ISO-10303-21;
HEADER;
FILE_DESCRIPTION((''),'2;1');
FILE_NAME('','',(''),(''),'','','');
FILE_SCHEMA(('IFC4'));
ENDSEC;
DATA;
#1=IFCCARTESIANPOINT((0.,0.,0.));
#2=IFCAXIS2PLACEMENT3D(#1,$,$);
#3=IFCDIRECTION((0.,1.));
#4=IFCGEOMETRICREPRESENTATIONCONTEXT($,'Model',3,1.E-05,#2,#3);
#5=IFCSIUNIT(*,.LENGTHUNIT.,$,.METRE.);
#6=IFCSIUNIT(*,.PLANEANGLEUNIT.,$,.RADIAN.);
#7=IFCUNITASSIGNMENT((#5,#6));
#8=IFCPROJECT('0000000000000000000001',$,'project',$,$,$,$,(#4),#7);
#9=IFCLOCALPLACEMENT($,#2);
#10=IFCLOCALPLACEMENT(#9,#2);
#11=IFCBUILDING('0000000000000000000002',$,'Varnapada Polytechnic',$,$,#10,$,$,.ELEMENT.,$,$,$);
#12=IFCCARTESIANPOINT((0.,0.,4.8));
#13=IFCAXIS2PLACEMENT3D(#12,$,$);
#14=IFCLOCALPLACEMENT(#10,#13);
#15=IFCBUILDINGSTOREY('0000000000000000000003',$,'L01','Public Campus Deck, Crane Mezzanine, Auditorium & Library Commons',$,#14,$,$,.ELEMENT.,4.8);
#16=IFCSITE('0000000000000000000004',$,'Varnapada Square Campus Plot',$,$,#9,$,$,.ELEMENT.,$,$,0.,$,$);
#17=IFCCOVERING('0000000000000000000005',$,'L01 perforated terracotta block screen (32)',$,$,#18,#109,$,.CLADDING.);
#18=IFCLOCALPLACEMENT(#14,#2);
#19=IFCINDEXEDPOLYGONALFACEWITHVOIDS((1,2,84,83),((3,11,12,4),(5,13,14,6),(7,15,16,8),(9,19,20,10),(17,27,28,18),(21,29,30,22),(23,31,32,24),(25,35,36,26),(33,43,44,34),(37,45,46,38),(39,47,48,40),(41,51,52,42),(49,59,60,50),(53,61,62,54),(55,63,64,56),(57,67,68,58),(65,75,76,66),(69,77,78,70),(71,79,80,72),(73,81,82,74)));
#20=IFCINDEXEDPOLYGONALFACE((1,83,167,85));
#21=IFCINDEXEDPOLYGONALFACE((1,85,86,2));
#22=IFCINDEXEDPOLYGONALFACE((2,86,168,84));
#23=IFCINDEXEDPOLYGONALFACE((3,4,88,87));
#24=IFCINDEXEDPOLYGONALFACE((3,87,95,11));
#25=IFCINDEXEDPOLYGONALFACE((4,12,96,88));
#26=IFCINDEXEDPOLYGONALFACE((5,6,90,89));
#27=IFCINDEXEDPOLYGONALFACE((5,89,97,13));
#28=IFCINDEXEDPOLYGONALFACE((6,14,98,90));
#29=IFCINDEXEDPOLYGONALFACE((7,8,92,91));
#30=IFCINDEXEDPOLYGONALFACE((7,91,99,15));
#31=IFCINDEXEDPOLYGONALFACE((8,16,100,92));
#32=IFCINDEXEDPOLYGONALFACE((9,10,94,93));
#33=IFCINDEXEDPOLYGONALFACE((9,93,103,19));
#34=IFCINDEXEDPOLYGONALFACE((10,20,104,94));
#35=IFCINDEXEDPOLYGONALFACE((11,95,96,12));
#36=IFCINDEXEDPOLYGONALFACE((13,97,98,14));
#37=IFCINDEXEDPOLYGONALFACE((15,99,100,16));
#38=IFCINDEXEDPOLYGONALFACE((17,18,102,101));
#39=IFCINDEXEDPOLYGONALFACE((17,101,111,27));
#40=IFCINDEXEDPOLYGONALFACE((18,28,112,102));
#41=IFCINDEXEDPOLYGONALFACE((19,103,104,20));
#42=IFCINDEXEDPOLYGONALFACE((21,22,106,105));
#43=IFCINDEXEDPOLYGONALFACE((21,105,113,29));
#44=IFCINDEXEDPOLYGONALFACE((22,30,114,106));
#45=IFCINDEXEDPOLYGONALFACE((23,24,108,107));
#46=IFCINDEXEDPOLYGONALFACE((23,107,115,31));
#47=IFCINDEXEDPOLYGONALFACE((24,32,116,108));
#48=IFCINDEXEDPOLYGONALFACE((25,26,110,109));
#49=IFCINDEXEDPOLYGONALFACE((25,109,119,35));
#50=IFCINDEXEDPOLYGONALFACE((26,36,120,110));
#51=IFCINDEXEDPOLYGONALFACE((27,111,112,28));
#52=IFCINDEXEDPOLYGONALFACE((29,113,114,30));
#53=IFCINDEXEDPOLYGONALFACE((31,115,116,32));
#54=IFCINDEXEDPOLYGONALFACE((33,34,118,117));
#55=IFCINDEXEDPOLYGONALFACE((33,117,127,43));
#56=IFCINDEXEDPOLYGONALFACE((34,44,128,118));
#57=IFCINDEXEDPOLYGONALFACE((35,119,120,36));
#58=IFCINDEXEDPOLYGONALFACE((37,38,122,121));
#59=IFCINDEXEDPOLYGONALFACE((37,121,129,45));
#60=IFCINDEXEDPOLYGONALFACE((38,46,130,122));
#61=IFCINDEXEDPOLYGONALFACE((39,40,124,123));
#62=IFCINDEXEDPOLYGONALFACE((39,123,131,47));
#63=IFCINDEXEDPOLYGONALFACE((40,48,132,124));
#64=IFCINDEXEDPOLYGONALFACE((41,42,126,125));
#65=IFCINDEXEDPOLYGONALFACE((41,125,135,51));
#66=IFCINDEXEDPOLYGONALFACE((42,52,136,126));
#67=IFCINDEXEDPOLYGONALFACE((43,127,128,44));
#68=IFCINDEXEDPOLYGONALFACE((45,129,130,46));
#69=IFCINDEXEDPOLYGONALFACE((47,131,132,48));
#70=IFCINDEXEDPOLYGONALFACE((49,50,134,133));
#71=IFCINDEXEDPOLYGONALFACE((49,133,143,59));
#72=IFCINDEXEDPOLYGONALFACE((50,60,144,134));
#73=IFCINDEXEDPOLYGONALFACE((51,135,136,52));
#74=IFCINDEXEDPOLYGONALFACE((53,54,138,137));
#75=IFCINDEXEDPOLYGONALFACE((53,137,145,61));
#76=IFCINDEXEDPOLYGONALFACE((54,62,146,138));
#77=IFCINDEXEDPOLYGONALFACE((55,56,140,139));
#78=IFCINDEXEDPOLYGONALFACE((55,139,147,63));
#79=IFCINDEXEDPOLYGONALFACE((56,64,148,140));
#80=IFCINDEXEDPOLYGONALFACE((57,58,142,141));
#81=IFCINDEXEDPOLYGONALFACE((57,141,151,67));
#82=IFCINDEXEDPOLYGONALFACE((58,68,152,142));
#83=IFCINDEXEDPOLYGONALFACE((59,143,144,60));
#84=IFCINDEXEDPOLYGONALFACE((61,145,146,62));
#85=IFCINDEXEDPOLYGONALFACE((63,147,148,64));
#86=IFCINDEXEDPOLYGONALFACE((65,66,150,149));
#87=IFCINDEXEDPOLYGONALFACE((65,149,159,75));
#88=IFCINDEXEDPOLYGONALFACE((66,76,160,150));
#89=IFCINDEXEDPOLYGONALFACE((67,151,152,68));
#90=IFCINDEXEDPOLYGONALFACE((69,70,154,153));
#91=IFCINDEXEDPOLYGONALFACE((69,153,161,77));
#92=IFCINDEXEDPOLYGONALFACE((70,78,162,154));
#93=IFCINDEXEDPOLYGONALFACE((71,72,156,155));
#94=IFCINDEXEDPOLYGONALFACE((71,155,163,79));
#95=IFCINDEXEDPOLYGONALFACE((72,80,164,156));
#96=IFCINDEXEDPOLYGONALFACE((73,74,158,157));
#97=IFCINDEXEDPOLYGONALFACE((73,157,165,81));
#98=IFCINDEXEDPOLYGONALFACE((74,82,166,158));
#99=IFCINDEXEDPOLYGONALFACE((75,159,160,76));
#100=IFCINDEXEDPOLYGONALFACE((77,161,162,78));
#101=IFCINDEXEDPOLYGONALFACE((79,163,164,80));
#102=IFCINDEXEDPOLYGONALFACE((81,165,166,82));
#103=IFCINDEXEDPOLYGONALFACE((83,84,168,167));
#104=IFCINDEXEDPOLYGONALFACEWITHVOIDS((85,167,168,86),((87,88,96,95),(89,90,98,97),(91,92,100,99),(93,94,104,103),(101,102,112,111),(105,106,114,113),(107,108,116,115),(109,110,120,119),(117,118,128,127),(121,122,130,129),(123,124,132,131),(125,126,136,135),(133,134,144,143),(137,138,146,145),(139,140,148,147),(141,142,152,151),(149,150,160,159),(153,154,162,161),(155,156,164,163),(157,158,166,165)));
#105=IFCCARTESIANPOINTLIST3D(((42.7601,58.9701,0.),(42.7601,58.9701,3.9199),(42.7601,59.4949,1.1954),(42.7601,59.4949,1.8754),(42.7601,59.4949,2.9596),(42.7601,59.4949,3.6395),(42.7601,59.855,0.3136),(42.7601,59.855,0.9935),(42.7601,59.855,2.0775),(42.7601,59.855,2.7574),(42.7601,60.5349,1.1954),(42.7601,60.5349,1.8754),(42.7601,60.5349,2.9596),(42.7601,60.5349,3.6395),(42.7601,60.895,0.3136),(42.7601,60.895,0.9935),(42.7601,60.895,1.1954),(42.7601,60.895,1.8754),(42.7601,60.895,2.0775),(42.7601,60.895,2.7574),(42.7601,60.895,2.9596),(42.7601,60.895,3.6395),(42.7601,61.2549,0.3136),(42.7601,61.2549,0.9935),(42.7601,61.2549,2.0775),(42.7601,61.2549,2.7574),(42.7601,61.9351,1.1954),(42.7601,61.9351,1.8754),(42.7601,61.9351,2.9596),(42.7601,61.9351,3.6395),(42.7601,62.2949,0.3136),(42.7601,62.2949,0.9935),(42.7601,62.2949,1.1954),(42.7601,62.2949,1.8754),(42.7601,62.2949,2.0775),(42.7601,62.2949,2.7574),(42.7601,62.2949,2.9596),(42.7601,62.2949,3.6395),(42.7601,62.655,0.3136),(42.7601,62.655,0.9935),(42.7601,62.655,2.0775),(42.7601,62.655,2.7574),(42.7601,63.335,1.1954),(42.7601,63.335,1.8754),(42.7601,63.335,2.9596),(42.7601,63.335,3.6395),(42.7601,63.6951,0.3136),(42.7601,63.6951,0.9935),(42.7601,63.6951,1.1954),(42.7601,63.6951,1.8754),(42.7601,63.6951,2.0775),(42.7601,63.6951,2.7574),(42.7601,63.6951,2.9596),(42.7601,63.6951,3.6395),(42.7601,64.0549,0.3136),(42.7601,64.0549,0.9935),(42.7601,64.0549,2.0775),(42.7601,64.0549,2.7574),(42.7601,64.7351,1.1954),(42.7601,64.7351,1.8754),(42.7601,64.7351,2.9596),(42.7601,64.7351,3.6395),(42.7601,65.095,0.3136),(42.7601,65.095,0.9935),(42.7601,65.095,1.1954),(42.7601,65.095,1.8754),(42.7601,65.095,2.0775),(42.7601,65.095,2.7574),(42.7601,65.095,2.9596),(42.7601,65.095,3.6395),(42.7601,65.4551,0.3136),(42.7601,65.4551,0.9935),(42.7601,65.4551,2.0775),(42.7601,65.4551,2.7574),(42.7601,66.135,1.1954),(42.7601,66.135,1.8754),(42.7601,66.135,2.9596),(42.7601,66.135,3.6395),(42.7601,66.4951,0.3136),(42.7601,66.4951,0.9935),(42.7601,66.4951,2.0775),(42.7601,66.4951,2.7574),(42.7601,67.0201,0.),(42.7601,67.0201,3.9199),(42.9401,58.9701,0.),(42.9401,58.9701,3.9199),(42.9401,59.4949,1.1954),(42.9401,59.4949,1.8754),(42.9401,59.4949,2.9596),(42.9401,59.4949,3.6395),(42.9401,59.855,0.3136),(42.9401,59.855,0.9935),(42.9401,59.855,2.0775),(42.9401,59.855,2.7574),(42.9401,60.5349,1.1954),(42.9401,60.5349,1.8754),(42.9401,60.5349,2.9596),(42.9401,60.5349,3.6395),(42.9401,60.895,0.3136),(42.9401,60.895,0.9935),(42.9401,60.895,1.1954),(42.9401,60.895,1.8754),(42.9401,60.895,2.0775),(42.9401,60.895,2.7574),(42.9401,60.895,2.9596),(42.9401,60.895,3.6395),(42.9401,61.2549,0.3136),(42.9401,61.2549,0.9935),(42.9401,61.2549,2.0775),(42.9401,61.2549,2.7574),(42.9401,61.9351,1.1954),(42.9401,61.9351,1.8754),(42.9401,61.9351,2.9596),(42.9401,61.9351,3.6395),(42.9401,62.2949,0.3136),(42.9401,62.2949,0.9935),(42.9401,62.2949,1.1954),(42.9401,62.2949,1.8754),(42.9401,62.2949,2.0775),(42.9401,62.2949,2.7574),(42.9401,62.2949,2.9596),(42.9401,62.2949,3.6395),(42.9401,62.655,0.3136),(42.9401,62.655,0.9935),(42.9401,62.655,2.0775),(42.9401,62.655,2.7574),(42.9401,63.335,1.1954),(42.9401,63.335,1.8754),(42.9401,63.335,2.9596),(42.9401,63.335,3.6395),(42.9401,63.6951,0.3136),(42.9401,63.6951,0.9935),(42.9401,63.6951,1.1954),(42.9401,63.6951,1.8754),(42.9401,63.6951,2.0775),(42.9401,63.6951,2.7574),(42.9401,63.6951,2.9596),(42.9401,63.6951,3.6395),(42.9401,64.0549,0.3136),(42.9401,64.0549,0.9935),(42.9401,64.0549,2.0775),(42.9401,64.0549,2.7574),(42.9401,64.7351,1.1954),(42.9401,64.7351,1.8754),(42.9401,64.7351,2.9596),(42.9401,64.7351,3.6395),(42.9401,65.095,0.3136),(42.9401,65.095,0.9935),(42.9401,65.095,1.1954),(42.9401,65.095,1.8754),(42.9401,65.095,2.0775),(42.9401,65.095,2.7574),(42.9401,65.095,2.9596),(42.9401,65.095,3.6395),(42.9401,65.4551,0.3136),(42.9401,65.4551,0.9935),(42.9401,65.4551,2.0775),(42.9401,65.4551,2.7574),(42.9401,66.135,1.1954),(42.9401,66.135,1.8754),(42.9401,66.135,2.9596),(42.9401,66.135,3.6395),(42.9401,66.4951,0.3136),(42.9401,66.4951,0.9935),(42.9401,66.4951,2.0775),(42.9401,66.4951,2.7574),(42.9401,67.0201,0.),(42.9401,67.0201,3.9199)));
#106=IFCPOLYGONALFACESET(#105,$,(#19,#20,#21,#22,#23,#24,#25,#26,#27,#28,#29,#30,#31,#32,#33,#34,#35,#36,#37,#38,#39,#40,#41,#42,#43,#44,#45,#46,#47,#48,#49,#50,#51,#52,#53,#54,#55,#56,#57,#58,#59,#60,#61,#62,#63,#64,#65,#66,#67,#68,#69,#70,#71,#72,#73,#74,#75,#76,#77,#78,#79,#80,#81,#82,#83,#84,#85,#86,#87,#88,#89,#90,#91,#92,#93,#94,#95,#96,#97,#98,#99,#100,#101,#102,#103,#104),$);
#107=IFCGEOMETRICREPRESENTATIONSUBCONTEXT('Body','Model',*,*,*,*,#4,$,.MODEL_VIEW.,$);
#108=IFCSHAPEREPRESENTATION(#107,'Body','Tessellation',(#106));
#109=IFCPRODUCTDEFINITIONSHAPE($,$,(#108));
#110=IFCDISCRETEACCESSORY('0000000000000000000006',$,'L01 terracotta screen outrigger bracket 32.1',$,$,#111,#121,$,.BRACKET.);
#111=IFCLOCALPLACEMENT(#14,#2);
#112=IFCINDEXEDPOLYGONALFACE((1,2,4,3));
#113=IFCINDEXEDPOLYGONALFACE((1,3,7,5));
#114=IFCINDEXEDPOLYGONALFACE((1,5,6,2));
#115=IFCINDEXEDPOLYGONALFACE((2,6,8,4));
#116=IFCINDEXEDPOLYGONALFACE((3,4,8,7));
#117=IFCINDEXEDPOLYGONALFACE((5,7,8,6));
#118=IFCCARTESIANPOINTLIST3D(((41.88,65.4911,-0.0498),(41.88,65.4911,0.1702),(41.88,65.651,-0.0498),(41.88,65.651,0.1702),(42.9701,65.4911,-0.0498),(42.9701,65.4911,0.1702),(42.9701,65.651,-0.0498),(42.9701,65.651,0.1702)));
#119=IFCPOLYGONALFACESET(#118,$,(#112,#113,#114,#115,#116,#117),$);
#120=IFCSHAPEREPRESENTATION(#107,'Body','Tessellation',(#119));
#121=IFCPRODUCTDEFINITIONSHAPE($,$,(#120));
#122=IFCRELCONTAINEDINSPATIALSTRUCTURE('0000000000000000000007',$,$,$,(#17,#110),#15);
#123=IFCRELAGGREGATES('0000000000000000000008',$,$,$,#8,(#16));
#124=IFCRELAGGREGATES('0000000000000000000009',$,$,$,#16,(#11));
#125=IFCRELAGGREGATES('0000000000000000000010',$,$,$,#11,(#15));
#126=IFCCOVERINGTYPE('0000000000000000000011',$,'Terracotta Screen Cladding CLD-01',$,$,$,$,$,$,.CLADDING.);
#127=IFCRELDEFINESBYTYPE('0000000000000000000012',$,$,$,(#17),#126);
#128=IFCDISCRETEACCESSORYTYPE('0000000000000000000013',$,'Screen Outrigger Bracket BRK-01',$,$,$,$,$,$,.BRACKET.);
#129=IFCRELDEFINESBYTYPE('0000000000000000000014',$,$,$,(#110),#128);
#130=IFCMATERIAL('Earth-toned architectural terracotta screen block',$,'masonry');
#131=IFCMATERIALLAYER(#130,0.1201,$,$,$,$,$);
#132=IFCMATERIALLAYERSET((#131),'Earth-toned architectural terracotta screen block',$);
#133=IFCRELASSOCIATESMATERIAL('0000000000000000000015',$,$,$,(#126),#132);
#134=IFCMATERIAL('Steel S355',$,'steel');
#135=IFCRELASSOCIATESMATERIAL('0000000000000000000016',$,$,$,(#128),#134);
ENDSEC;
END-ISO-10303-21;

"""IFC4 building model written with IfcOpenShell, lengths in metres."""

from ifc_helpers import new_model, si_unit, direction, frame, frame_2d, origin, origin_2d, place, context, subcontext, project, spatial, rectangle, extrude, material, layer, layer_set, type_object, element, save


model = new_model("IFC4")

# Units and contexts
model_context = context("Model", 3, precision=1e-05, world=origin(), true_north=direction((0.0, 1.0)))
body_context = subcontext(model_context, "Body", "Model", "MODEL_VIEW")
ifc_project = project(units=[si_unit("LENGTHUNIT", "METRE"), si_unit("PLANEANGLEUNIT", "RADIAN")], contexts=[model_context])

# Site, building, storey
site_placement = place(None, origin())
site = spatial("IfcSite", under=ifc_project, at=site_placement, Name="Varnapada Square Campus Plot", CompositionType="ELEMENT", RefElevation=0.0)
building_placement = place(site_placement, origin())
building = spatial("IfcBuilding", under=site, at=building_placement, Name="Varnapada Polytechnic", CompositionType="ELEMENT")
storey_placement = place(building_placement, frame((0.0, 0.0, 4.8)))
storey = spatial("IfcBuildingStorey", under=building, at=storey_placement, Name="L01", Description="Public Campus Deck, Crane Mezzanine, Auditorium & Library Commons", CompositionType="ELEMENT", Elevation=4.8)

# Covering, openings
ifc_material_1 = material(Name="Earth-toned architectural terracotta screen block", Category="masonry")
ifc_layer_1 = layer(ifc_material_1, 0.1201)
ifc_layer_set_1 = layer_set([ifc_layer_1], Name="Earth-toned architectural terracotta screen block")
covering_type = type_object("IfcCoveringType", Name="Terracotta Screen Cladding CLD-01", PredefinedType="CLADDING", material=ifc_layer_set_1)
covering_placement = place(storey_placement, frame((42.8501, 67.02, 0.0), z_axis=(0.0, 0.0, 1.0), x_axis=(0.0, -1.0, 0.0)))
covering = element("IfcCovering", 1, at=covering_placement, inside=storey, type_object=covering_type, Name="L01 perforated terracotta block screen (32)", PredefinedType="CLADDING", context=body_context, shape_type="SweptSolid", body=[
    extrude(rectangle(XDim=8.05, YDim=0.1799, at=frame_2d((4.0249, 0.0))), origin(), (0.0, 0.0, 1.0), 3.9199),
])
opening_1_placement = place(covering_placement, frame((0.5249, 0.0, 0.3137)))
element("IfcOpeningElement", 2, at=opening_1_placement, cuts=covering, PredefinedType="OPENING", context=body_context, shape_type="SweptSolid", body=[
    extrude(rectangle(XDim=1.04, YDim=0.6799, at=frame_2d((0.52, 0.3398))), frame((0.0, 0.0999, 0.0), z_axis=(0.0, -1.0, 0.0), x_axis=(1.0, 0.0, 0.0)), (0.0, 0.0, 1.0), 0.2),
])
opening_2_placement = place(covering_placement, frame((1.925, 0.0, 0.3137)))
element("IfcOpeningElement", 3, at=opening_2_placement, cuts=covering, PredefinedType="OPENING", context=body_context, shape_type="SweptSolid", body=[
    extrude(rectangle(XDim=1.04, YDim=0.6799, at=frame_2d((0.52, 0.3398))), frame((0.0, 0.0999, 0.0), z_axis=(0.0, -1.0, 0.0), x_axis=(1.0, 0.0, 0.0)), (0.0, 0.0, 1.0), 0.2),
])
opening_3_placement = place(covering_placement, frame((3.325, 0.0, 0.3137)))
element("IfcOpeningElement", 4, at=opening_3_placement, cuts=covering, PredefinedType="OPENING", context=body_context, shape_type="SweptSolid", body=[
    extrude(rectangle(XDim=1.04, YDim=0.6799, at=frame_2d((0.52, 0.3398))), frame((0.0, 0.0999, 0.0), z_axis=(0.0, -1.0, 0.0), x_axis=(1.0, 0.0, 0.0)), (0.0, 0.0, 1.0), 0.2),
])
opening_4_placement = place(covering_placement, frame((4.7251, 0.0, 0.3137)))
element("IfcOpeningElement", 5, at=opening_4_placement, cuts=covering, PredefinedType="OPENING", context=body_context, shape_type="SweptSolid", body=[
    extrude(rectangle(XDim=1.04, YDim=0.6799, at=frame_2d((0.52, 0.3398))), frame((0.0, 0.0999, 0.0), z_axis=(0.0, -1.0, 0.0), x_axis=(1.0, 0.0, 0.0)), (0.0, 0.0, 1.0), 0.2),
])
opening_5_placement = place(covering_placement, frame((6.125, 0.0, 0.3137)))
element("IfcOpeningElement", 6, at=opening_5_placement, cuts=covering, PredefinedType="OPENING", context=body_context, shape_type="SweptSolid", body=[
    extrude(rectangle(XDim=1.04, YDim=0.6799, at=frame_2d((0.52, 0.3398))), frame((0.0, 0.0999, 0.0), z_axis=(0.0, -1.0, 0.0), x_axis=(1.0, 0.0, 0.0)), (0.0, 0.0, 1.0), 0.2),
])
opening_6_placement = place(covering_placement, frame((0.885, 0.0, 1.1956)))
element("IfcOpeningElement", 7, at=opening_6_placement, cuts=covering, PredefinedType="OPENING", context=body_context, shape_type="SweptSolid", body=[
    extrude(rectangle(XDim=1.04, YDim=0.6799, at=frame_2d((0.52, 0.3398))), frame((0.0, 0.0999, 0.0), z_axis=(0.0, -1.0, 0.0), x_axis=(1.0, 0.0, 0.0)), (0.0, 0.0, 1.0), 0.2),
])
opening_7_placement = place(covering_placement, frame((2.2849, 0.0, 1.1956)))
element("IfcOpeningElement", 8, at=opening_7_placement, cuts=covering, PredefinedType="OPENING", context=body_context, shape_type="SweptSolid", body=[
    extrude(rectangle(XDim=1.04, YDim=0.6799, at=frame_2d((0.52, 0.3398))), frame((0.0, 0.0999, 0.0), z_axis=(0.0, -1.0, 0.0), x_axis=(1.0, 0.0, 0.0)), (0.0, 0.0, 1.0), 0.2),
])
opening_8_placement = place(covering_placement, frame((3.6851, 0.0, 1.1956)))
element("IfcOpeningElement", 9, at=opening_8_placement, cuts=covering, PredefinedType="OPENING", context=body_context, shape_type="SweptSolid", body=[
    extrude(rectangle(XDim=1.04, YDim=0.6799, at=frame_2d((0.52, 0.3398))), frame((0.0, 0.0999, 0.0), z_axis=(0.0, -1.0, 0.0), x_axis=(1.0, 0.0, 0.0)), (0.0, 0.0, 1.0), 0.2),
])
opening_9_placement = place(covering_placement, frame((5.085, 0.0, 1.1956)))
element("IfcOpeningElement", 10, at=opening_9_placement, cuts=covering, PredefinedType="OPENING", context=body_context, shape_type="SweptSolid", body=[
    extrude(rectangle(XDim=1.04, YDim=0.6799, at=frame_2d((0.52, 0.3398))), frame((0.0, 0.0999, 0.0), z_axis=(0.0, -1.0, 0.0), x_axis=(1.0, 0.0, 0.0)), (0.0, 0.0, 1.0), 0.2),
])
opening_10_placement = place(covering_placement, frame((6.4851, 0.0, 1.1956)))
element("IfcOpeningElement", 11, at=opening_10_placement, cuts=covering, PredefinedType="OPENING", context=body_context, shape_type="SweptSolid", body=[
    extrude(rectangle(XDim=1.04, YDim=0.6799, at=frame_2d((0.52, 0.3398))), frame((0.0, 0.0999, 0.0), z_axis=(0.0, -1.0, 0.0), x_axis=(1.0, 0.0, 0.0)), (0.0, 0.0, 1.0), 0.2),
])
opening_11_placement = place(covering_placement, frame((0.5249, 0.0, 2.0776)))
element("IfcOpeningElement", 12, at=opening_11_placement, cuts=covering, PredefinedType="OPENING", context=body_context, shape_type="SweptSolid", body=[
    extrude(rectangle(XDim=1.04, YDim=0.6799, at=frame_2d((0.52, 0.3398))), frame((0.0, 0.0999, 0.0), z_axis=(0.0, -1.0, 0.0), x_axis=(1.0, 0.0, 0.0)), (0.0, 0.0, 1.0), 0.2),
])
opening_12_placement = place(covering_placement, frame((1.925, 0.0, 2.0776)))
element("IfcOpeningElement", 13, at=opening_12_placement, cuts=covering, PredefinedType="OPENING", context=body_context, shape_type="SweptSolid", body=[
    extrude(rectangle(XDim=1.04, YDim=0.6799, at=frame_2d((0.52, 0.3398))), frame((0.0, 0.0999, 0.0), z_axis=(0.0, -1.0, 0.0), x_axis=(1.0, 0.0, 0.0)), (0.0, 0.0, 1.0), 0.2),
])
opening_13_placement = place(covering_placement, frame((3.325, 0.0, 2.0776)))
element("IfcOpeningElement", 14, at=opening_13_placement, cuts=covering, PredefinedType="OPENING", context=body_context, shape_type="SweptSolid", body=[
    extrude(rectangle(XDim=1.04, YDim=0.6799, at=frame_2d((0.52, 0.3398))), frame((0.0, 0.0999, 0.0), z_axis=(0.0, -1.0, 0.0), x_axis=(1.0, 0.0, 0.0)), (0.0, 0.0, 1.0), 0.2),
])
opening_14_placement = place(covering_placement, frame((4.7251, 0.0, 2.0776)))
element("IfcOpeningElement", 15, at=opening_14_placement, cuts=covering, PredefinedType="OPENING", context=body_context, shape_type="SweptSolid", body=[
    extrude(rectangle(XDim=1.04, YDim=0.6799, at=frame_2d((0.52, 0.3398))), frame((0.0, 0.0999, 0.0), z_axis=(0.0, -1.0, 0.0), x_axis=(1.0, 0.0, 0.0)), (0.0, 0.0, 1.0), 0.2),
])
opening_15_placement = place(covering_placement, frame((6.125, 0.0, 2.0776)))
element("IfcOpeningElement", 16, at=opening_15_placement, cuts=covering, PredefinedType="OPENING", context=body_context, shape_type="SweptSolid", body=[
    extrude(rectangle(XDim=1.04, YDim=0.6799, at=frame_2d((0.52, 0.3398))), frame((0.0, 0.0999, 0.0), z_axis=(0.0, -1.0, 0.0), x_axis=(1.0, 0.0, 0.0)), (0.0, 0.0, 1.0), 0.2),
])
opening_16_placement = place(covering_placement, frame((0.885, 0.0, 2.9597)))
element("IfcOpeningElement", 17, at=opening_16_placement, cuts=covering, PredefinedType="OPENING", context=body_context, shape_type="SweptSolid", body=[
    extrude(rectangle(XDim=1.04, YDim=0.6799, at=frame_2d((0.52, 0.3398))), frame((0.0, 0.0999, 0.0), z_axis=(0.0, -1.0, 0.0), x_axis=(1.0, 0.0, 0.0)), (0.0, 0.0, 1.0), 0.2),
])
opening_17_placement = place(covering_placement, frame((2.2849, 0.0, 2.9597)))
element("IfcOpeningElement", 18, at=opening_17_placement, cuts=covering, PredefinedType="OPENING", context=body_context, shape_type="SweptSolid", body=[
    extrude(rectangle(XDim=1.04, YDim=0.6799, at=frame_2d((0.52, 0.3398))), frame((0.0, 0.0999, 0.0), z_axis=(0.0, -1.0, 0.0), x_axis=(1.0, 0.0, 0.0)), (0.0, 0.0, 1.0), 0.2),
])
opening_18_placement = place(covering_placement, frame((3.6851, 0.0, 2.9597)))
element("IfcOpeningElement", 19, at=opening_18_placement, cuts=covering, PredefinedType="OPENING", context=body_context, shape_type="SweptSolid", body=[
    extrude(rectangle(XDim=1.04, YDim=0.6799, at=frame_2d((0.52, 0.3398))), frame((0.0, 0.0999, 0.0), z_axis=(0.0, -1.0, 0.0), x_axis=(1.0, 0.0, 0.0)), (0.0, 0.0, 1.0), 0.2),
])
opening_19_placement = place(covering_placement, frame((5.085, 0.0, 2.9597)))
element("IfcOpeningElement", 20, at=opening_19_placement, cuts=covering, PredefinedType="OPENING", context=body_context, shape_type="SweptSolid", body=[
    extrude(rectangle(XDim=1.04, YDim=0.6799, at=frame_2d((0.52, 0.3398))), frame((0.0, 0.0999, 0.0), z_axis=(0.0, -1.0, 0.0), x_axis=(1.0, 0.0, 0.0)), (0.0, 0.0, 1.0), 0.2),
])
opening_20_placement = place(covering_placement, frame((6.4851, 0.0, 2.9597)))
element("IfcOpeningElement", 21, at=opening_20_placement, cuts=covering, PredefinedType="OPENING", context=body_context, shape_type="SweptSolid", body=[
    extrude(rectangle(XDim=1.04, YDim=0.6799, at=frame_2d((0.52, 0.3398))), frame((0.0, 0.0999, 0.0), z_axis=(0.0, -1.0, 0.0), x_axis=(1.0, 0.0, 0.0)), (0.0, 0.0, 1.0), 0.2),
])

# Discrete accessory
ifc_material_2 = material(Name="Steel S355", Category="steel")
discrete_accessory_type = type_object("IfcDiscreteAccessoryType", Name="Screen Outrigger Bracket BRK-01", PredefinedType="BRACKET", material=ifc_material_2)
discrete_accessory_placement = place(storey_placement, frame((42.425, 65.571, -0.0498), z_axis=(0.0, 0.0, 1.0), x_axis=(0.0, -1.0, 0.0)))
element("IfcDiscreteAccessory", 22, at=discrete_accessory_placement, inside=storey, type_object=discrete_accessory_type, Name="L01 terracotta screen outrigger bracket 32.1", PredefinedType="BRACKET", context=body_context, shape_type="SweptSolid", body=[
    extrude(rectangle(XDim=0.1599, YDim=1.0901, at=origin_2d()), origin(), (0.0, 0.0, 1.0), 0.22),
])

save(model, "model.ifc")
